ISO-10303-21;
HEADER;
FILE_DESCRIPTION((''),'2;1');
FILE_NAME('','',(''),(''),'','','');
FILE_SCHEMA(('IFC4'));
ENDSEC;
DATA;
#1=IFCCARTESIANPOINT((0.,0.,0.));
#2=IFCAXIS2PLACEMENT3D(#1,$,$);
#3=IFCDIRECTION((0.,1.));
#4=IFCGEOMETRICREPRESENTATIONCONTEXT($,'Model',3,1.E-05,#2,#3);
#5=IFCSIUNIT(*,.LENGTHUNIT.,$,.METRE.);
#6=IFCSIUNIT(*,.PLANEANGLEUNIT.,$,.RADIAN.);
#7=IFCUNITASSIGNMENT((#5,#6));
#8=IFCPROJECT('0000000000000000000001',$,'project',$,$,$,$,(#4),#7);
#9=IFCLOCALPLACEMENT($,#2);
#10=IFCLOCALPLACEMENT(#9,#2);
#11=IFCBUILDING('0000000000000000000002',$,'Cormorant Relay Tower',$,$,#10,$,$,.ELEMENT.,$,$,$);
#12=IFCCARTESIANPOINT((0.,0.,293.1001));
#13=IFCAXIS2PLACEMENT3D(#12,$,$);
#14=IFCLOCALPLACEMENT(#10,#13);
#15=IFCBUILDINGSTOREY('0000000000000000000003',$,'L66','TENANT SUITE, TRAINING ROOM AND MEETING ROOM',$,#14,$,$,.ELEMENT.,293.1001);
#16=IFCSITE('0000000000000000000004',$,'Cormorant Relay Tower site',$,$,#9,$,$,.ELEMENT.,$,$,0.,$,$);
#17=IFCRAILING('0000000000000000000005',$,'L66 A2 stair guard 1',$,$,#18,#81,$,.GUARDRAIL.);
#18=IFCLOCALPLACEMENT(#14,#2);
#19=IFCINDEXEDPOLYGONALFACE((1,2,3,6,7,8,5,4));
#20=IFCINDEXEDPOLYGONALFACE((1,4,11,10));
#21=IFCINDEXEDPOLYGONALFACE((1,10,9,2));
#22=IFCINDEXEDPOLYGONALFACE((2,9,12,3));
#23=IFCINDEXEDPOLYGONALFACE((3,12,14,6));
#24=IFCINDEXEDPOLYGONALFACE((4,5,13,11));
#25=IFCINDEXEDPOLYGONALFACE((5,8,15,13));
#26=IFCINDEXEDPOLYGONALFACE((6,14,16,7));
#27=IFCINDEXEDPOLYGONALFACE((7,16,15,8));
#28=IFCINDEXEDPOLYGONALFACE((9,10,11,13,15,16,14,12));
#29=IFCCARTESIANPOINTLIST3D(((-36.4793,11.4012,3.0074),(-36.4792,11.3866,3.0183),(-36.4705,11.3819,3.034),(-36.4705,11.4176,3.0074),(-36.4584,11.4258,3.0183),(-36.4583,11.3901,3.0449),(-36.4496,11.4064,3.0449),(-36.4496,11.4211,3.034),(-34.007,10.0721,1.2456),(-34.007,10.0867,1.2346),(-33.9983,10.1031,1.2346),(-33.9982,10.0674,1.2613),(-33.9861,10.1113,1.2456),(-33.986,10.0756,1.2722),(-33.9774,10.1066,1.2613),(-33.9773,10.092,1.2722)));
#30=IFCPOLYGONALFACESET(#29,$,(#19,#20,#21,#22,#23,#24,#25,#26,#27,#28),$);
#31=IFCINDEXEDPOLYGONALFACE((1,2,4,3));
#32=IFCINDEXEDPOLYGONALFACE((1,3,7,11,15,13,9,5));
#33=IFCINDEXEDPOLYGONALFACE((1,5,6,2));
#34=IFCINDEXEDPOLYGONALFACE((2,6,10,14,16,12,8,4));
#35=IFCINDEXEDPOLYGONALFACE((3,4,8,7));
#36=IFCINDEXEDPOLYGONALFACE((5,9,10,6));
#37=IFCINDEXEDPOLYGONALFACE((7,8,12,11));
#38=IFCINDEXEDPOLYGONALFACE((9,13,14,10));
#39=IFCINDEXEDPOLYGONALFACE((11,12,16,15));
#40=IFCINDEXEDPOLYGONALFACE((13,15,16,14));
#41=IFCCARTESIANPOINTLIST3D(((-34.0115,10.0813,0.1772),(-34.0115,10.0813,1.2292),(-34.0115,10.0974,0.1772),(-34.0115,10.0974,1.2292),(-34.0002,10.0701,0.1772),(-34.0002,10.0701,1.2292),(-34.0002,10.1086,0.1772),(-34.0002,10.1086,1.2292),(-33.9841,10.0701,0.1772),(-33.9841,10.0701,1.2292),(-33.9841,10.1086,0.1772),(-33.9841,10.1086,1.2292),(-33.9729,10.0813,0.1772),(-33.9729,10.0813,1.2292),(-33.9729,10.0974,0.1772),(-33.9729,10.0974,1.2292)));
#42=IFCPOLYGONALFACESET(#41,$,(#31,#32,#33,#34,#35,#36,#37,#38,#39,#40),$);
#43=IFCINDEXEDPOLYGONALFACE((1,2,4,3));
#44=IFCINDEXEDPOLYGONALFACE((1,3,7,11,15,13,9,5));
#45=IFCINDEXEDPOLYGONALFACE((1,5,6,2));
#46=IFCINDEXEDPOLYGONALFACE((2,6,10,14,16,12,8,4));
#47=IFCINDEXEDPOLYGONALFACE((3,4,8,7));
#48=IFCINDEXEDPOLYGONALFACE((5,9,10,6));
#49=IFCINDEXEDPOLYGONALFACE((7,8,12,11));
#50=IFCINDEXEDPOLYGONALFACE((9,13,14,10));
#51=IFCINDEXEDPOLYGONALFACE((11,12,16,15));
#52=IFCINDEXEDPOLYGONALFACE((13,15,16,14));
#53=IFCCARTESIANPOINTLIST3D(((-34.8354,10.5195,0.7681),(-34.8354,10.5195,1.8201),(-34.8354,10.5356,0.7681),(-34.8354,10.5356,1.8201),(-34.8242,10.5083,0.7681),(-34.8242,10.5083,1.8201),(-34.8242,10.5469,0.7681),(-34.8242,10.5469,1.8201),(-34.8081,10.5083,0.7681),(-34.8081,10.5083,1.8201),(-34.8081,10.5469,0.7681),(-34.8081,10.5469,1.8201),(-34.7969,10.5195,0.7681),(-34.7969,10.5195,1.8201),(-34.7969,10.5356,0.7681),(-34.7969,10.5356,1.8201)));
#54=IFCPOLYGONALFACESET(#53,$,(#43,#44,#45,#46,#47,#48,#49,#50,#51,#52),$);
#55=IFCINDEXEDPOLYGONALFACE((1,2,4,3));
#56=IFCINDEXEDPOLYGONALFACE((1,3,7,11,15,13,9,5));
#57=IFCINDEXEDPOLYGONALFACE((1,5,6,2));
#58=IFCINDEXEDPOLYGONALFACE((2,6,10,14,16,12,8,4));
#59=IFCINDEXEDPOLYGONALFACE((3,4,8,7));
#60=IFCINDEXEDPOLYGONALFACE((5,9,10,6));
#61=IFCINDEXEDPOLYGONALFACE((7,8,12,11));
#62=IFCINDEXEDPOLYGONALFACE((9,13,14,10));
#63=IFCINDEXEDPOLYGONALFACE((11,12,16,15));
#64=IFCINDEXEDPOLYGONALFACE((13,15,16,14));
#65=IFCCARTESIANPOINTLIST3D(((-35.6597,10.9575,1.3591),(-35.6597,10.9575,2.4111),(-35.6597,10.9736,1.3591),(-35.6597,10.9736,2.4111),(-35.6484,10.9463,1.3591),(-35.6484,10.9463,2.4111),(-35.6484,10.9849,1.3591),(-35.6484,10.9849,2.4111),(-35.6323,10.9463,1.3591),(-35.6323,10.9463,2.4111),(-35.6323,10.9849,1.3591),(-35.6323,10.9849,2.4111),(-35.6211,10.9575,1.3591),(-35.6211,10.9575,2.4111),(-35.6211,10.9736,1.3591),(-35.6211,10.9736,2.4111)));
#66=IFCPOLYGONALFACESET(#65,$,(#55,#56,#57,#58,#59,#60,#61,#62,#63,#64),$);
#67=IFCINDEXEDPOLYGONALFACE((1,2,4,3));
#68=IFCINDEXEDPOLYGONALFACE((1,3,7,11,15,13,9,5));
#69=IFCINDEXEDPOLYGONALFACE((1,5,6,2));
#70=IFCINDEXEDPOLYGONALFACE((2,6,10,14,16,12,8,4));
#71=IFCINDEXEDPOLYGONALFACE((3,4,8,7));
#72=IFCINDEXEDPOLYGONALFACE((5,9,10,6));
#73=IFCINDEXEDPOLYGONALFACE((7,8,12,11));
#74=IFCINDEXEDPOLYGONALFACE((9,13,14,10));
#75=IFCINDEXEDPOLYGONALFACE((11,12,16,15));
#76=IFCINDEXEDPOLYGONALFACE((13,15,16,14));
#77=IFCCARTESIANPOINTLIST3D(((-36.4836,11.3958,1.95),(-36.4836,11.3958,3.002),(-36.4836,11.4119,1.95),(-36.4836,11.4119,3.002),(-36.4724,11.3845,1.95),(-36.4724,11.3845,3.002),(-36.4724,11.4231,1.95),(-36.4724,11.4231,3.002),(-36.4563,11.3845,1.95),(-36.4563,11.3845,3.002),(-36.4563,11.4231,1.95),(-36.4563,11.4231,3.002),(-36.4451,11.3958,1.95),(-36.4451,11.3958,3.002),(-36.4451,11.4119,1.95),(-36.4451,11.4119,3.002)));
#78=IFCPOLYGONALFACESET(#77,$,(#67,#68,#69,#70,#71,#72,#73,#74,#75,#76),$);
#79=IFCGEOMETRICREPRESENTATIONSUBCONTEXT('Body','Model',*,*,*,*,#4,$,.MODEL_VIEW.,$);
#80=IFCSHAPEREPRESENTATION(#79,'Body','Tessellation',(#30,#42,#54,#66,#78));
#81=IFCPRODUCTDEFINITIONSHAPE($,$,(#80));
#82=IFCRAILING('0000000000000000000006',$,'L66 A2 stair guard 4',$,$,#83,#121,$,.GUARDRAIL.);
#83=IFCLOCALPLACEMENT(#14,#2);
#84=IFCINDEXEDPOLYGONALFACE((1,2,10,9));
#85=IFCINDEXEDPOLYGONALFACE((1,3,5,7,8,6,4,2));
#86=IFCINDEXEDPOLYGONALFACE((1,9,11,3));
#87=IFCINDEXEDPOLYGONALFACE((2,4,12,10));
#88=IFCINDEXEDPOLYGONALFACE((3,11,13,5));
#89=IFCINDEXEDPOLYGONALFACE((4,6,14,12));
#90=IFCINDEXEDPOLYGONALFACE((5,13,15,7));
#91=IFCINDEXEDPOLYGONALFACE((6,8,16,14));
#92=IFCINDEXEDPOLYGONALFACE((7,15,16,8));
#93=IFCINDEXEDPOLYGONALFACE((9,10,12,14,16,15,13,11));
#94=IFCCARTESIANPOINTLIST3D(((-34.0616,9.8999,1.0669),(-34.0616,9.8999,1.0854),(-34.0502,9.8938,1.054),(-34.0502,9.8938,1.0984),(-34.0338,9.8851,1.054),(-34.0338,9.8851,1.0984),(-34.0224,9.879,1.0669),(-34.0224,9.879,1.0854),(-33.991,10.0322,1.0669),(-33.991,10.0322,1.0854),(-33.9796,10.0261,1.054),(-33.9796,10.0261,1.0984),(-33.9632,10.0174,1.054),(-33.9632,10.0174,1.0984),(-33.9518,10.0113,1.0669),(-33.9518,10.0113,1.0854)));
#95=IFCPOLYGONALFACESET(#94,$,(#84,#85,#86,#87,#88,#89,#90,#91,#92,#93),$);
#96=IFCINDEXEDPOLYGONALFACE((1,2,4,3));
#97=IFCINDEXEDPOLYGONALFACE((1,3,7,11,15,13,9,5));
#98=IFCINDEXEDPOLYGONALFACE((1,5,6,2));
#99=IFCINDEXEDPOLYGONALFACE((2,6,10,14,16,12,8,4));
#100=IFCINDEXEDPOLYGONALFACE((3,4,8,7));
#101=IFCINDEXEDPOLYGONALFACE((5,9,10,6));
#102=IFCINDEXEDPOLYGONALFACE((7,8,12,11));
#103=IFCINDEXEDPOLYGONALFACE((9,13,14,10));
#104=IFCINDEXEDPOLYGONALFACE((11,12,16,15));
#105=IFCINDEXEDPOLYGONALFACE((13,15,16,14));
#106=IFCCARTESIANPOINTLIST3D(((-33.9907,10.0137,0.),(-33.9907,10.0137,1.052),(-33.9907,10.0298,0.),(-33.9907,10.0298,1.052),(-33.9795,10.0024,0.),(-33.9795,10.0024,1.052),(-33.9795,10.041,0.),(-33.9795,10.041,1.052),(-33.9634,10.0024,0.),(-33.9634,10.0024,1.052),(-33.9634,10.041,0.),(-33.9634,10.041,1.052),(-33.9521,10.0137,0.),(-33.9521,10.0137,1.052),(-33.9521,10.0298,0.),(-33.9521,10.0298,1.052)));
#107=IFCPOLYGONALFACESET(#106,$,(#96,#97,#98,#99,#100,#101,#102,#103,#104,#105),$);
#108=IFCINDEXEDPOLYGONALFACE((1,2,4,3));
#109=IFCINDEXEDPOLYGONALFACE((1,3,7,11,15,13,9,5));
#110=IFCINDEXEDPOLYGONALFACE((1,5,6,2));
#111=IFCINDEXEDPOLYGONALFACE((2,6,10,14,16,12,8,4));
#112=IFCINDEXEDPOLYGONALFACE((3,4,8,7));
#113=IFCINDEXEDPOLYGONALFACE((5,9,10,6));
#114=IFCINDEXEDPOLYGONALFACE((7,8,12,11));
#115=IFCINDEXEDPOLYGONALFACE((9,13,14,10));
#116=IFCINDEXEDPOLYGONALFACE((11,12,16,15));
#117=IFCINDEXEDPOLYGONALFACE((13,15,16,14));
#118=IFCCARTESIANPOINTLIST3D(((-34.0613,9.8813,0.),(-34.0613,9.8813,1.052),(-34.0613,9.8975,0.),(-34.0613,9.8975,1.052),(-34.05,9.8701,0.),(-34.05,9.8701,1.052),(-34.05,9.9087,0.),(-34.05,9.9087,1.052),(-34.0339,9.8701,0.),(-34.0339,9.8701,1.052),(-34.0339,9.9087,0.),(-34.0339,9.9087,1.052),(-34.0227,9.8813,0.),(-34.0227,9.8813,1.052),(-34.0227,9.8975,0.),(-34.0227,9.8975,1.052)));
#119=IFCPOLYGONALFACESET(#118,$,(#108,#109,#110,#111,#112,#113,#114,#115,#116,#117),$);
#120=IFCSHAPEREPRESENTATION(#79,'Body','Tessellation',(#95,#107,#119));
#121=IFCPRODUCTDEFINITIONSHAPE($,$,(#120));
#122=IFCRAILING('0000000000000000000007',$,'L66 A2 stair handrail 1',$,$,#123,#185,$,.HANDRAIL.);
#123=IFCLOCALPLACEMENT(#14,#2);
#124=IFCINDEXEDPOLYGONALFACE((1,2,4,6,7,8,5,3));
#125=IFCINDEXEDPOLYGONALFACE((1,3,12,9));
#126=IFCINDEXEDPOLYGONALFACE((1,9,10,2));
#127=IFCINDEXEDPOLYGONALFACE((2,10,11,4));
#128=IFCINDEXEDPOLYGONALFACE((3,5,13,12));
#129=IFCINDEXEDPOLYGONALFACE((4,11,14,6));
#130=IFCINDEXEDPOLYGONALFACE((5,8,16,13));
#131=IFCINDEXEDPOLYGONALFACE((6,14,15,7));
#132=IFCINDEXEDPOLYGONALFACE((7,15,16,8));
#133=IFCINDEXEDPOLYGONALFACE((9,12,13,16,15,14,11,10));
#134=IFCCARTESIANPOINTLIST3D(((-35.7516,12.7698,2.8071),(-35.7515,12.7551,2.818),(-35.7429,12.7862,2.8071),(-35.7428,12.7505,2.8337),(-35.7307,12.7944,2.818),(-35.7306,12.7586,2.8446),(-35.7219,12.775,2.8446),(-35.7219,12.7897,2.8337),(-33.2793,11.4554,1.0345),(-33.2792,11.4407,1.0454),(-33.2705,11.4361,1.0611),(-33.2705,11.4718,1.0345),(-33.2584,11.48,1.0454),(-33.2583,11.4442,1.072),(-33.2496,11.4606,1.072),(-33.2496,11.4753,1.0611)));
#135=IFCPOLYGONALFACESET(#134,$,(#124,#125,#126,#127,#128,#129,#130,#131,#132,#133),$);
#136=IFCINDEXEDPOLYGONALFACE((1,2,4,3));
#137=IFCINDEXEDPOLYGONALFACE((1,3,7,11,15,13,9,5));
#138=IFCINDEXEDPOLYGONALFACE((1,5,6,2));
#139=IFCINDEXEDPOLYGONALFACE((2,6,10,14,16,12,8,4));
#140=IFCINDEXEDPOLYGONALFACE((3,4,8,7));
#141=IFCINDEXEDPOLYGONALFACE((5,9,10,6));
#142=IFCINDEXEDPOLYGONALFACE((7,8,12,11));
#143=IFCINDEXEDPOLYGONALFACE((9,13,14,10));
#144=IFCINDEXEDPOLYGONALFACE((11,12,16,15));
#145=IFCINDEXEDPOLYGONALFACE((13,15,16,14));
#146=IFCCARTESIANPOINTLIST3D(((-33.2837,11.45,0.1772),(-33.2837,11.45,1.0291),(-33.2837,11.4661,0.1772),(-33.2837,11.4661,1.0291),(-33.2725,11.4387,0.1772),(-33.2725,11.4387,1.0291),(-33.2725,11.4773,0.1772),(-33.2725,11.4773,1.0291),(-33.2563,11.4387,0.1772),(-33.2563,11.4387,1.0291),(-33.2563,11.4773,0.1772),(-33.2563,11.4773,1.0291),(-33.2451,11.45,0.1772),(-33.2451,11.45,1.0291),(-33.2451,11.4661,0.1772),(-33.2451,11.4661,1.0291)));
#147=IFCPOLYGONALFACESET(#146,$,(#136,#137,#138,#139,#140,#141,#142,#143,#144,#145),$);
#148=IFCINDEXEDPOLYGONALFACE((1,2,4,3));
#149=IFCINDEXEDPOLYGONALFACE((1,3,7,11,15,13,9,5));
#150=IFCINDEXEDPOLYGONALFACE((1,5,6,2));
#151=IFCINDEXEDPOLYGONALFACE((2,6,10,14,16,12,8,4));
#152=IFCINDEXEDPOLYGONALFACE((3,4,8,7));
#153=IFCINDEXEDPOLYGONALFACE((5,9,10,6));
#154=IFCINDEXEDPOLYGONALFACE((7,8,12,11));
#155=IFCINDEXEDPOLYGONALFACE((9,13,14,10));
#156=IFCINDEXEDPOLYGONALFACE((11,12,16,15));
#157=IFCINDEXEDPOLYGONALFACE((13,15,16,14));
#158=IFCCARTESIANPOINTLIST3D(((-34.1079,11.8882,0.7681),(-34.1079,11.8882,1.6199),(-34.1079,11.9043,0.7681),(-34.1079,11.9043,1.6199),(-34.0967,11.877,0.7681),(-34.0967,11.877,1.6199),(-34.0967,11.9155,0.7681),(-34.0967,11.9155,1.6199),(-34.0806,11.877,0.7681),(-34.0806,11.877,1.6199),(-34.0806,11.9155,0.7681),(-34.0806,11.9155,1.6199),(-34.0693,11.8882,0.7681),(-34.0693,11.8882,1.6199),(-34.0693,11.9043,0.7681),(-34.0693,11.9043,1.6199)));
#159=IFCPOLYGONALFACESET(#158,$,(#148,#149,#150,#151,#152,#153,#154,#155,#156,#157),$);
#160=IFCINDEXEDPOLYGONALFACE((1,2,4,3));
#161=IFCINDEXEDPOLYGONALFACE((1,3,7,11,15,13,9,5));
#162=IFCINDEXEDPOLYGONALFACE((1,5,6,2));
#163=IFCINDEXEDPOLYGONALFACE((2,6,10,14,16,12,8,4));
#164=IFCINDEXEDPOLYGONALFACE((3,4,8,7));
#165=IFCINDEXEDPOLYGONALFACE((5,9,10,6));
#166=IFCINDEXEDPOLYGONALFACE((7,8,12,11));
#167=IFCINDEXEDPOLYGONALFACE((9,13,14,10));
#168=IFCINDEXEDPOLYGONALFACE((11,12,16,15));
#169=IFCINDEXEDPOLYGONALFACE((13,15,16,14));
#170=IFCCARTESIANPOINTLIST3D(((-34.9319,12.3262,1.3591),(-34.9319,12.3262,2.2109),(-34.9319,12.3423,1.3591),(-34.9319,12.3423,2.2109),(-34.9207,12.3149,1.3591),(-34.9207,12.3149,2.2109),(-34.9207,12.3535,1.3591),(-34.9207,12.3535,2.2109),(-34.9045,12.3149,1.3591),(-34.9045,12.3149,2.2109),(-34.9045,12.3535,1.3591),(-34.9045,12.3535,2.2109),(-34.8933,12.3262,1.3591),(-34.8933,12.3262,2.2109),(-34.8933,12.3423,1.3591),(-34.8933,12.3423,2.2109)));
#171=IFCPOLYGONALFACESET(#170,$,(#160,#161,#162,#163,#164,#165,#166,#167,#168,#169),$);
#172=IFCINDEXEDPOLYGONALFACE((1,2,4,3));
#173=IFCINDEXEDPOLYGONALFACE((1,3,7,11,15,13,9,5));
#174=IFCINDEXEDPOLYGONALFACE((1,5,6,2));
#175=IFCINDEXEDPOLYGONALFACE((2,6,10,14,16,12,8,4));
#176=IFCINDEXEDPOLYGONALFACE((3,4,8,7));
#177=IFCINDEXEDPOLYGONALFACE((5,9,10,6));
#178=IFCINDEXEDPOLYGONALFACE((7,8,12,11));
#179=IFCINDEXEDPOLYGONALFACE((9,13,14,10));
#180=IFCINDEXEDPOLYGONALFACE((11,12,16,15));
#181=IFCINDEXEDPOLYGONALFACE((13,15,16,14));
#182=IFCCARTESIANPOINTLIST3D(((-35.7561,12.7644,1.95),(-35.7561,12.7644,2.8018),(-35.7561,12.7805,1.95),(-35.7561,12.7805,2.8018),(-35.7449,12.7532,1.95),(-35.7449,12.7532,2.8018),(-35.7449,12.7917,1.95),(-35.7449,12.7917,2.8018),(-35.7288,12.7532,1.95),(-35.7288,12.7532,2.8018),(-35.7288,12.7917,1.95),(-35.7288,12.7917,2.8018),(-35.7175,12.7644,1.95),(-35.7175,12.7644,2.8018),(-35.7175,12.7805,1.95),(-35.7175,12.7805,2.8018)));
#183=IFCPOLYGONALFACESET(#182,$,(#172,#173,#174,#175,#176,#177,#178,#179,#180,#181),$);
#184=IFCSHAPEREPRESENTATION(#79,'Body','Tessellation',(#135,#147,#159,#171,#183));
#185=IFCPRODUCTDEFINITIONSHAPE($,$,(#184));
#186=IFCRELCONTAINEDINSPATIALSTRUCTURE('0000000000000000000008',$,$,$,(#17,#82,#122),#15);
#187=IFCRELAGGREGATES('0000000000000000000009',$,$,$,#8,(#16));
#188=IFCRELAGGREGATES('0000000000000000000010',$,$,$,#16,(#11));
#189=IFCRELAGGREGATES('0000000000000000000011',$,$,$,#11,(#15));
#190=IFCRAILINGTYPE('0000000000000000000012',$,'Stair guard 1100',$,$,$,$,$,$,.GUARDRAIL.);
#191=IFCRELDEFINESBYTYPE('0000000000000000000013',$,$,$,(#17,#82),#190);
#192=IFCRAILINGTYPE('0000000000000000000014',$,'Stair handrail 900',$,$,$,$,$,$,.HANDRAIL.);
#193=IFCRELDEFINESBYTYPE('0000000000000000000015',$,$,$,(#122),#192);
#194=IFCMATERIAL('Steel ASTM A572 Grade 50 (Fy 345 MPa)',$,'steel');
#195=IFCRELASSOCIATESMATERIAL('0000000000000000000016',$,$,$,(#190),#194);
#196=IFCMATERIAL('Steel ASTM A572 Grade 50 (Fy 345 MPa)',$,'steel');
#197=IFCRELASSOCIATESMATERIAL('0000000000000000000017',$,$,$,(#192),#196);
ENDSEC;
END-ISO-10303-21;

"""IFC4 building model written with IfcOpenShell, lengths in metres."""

from ifc_helpers import new_model, si_unit, direction, frame, origin, place, context, subcontext, project, spatial, polyline, outline, extrude, material, type_object, element, save


model = new_model("IFC4")

# Units and contexts
model_context = context("Model", 3, precision=1e-05, world=origin(), true_north=direction((0.0, 1.0)))
body_context = subcontext(model_context, "Body", "Model", "MODEL_VIEW")
ifc_project = project(units=[si_unit("LENGTHUNIT", "METRE"), si_unit("PLANEANGLEUNIT", "RADIAN")], contexts=[model_context])

# Site, building, storey
site_placement = place(None, origin())
site = spatial("IfcSite", under=ifc_project, at=site_placement, Name="Cormorant Relay Tower site", CompositionType="ELEMENT", RefElevation=0.0)
building_placement = place(site_placement, origin())
building = spatial("IfcBuilding", under=site, at=building_placement, Name="Cormorant Relay Tower", CompositionType="ELEMENT")
storey_placement = place(building_placement, frame((0.0, 0.0, 293.1001)))
storey = spatial("IfcBuildingStorey", under=building, at=storey_placement, Name="L66", Description="TENANT SUITE, TRAINING ROOM AND MEETING ROOM", CompositionType="ELEMENT", Elevation=293.1001)

# Railings
ifc_material_1 = material(Name="Steel ASTM A572 Grade 50 (Fy 345 MPa)", Category="steel")
railing_type_1 = type_object("IfcRailingType", Name="Stair guard 1100", PredefinedType="GUARDRAIL", material=ifc_material_1)
railing_1_placement = place(storey_placement, frame((-33.9922, 10.0894, 0.1772)))
element("IfcRailing", 1, at=railing_1_placement, inside=storey, type_object=railing_type_1, Name="L66 A2 stair guard 1", PredefinedType="GUARDRAIL", context=body_context, shape_type="SweptSolid", body=[
    extrude(outline(polyline([(0.0222, 0.0093), (0.0093, 0.0222), (-0.0093, 0.0222), (-0.0222, 0.0093), (-0.0222, -0.0093), (-0.0093, -0.0222), (0.0093, -0.0222), (0.0222, -0.0093), (0.0222, 0.0093)])), frame((0.0, 0.0, 1.0762), z_axis=(-0.746001, 0.396649, 0.534931), x_axis=(-0.469465, -0.882951, 0.0)), (0.0, 0.0, 1.0), 3.314),
    extrude(outline(polyline([(0.0193, 0.0081), (0.0081, 0.0193), (-0.0081, 0.0193), (-0.0193, 0.0081), (-0.0193, -0.0081), (-0.0081, -0.0193), (0.0081, -0.0193), (0.0193, -0.0081), (0.0193, 0.0081)])), origin(), (0.0, 0.0, 1.0), 1.052),
    extrude(outline(polyline([(0.0193, 0.0081), (0.0081, 0.0193), (-0.0081, 0.0193), (-0.0193, 0.0081), (-0.0193, -0.0081), (-0.0081, -0.0193), (0.0081, -0.0193), (0.0193, -0.0081), (0.0193, 0.0081)])), frame((-0.824, 0.4382, 0.5908)), (0.0, 0.0, 1.0), 1.052),
    extrude(outline(polyline([(0.0193, 0.0081), (0.0081, 0.0193), (-0.0081, 0.0193), (-0.0193, 0.0081), (-0.0193, -0.0081), (-0.0081, -0.0193), (0.0081, -0.0193), (0.0193, -0.0081), (0.0193, 0.0081)])), frame((-1.6482, 0.8762, 1.1819)), (0.0, 0.0, 1.0), 1.052),
    extrude(outline(polyline([(0.0193, 0.0081), (0.0081, 0.0193), (-0.0081, 0.0193), (-0.0193, 0.0081), (-0.0193, -0.0081), (-0.0081, -0.0193), (0.0081, -0.0193), (0.0193, -0.0081), (0.0193, 0.0081)])), frame((-2.4722, 1.3145, 1.7727)), (0.0, 0.0, 1.0), 1.052),
])
railing_2_placement = place(storey_placement, frame((-33.9714, 10.0217, 0.0)))
element("IfcRailing", 2, at=railing_2_placement, inside=storey, type_object=railing_type_1, Name="L66 A2 stair guard 4", PredefinedType="GUARDRAIL", context=body_context, shape_type="SweptSolid", body=[
    extrude(outline(polyline([(0.0222, 0.0093), (0.0093, 0.0222), (-0.0093, 0.0222), (-0.0222, 0.0093), (-0.0222, -0.0093), (-0.0093, -0.0222), (0.0093, -0.0222), (0.0222, -0.0093), (0.0222, 0.0093)])), frame((0.0, 0.0, 1.0762), z_axis=(-0.470504, -0.882398, 0.0), x_axis=(0.882398, -0.470504, 0.0)), (0.0, 0.0, 1.0), 0.1499),
    extrude(outline(polyline([(0.0193, 0.0081), (0.0081, 0.0193), (-0.0081, 0.0193), (-0.0193, 0.0081), (-0.0193, -0.0081), (-0.0081, -0.0193), (0.0081, -0.0193), (0.0193, -0.0081), (0.0193, 0.0081)])), origin(), (0.0, 0.0, 1.0), 1.052),
    extrude(outline(polyline([(0.0193, 0.0081), (0.0081, 0.0193), (-0.0081, 0.0193), (-0.0193, 0.0081), (-0.0193, -0.0081), (-0.0081, -0.0193), (0.0081, -0.0193), (0.0193, -0.0081), (0.0193, 0.0081)])), frame((-0.0706, -0.1323, 0.0)), (0.0, 0.0, 1.0), 1.052),
])
ifc_material_2 = material(Name="Steel ASTM A572 Grade 50 (Fy 345 MPa)", Category="steel")
railing_type_2 = type_object("IfcRailingType", Name="Stair handrail 900", PredefinedType="HANDRAIL", material=ifc_material_2)
railing_3_placement = place(storey_placement, frame((-33.2644, 11.458, 0.1772)))
element("IfcRailing", 3, at=railing_3_placement, inside=storey, type_object=railing_type_2, Name="L66 A2 stair handrail 1", PredefinedType="HANDRAIL", context=body_context, shape_type="SweptSolid", body=[
    extrude(outline(polyline([(0.0222, 0.0093), (0.0093, 0.0222), (-0.0093, 0.0222), (-0.0222, 0.0093), (-0.0222, -0.0093), (-0.0093, -0.0222), (0.0093, -0.0222), (0.0222, -0.0093), (0.0222, 0.0093)])), frame((0.0, 0.0, 0.876), z_axis=(-0.746034, 0.396627, 0.534902), x_axis=(-0.469429, -0.88297, 0.0)), (0.0, 0.0, 1.0), 3.314),
    extrude(outline(polyline([(0.0193, 0.0081), (0.0081, 0.0193), (-0.0081, 0.0193), (-0.0193, 0.0081), (-0.0193, -0.0081), (-0.0081, -0.0193), (0.0081, -0.0193), (0.0193, -0.0081), (0.0193, 0.0081)])), origin(), (0.0, 0.0, 1.0), 0.8518),
    extrude(outline(polyline([(0.0193, 0.0081), (0.0081, 0.0193), (-0.0081, 0.0193), (-0.0193, 0.0081), (-0.0193, -0.0081), (-0.0081, -0.0193), (0.0081, -0.0193), (0.0193, -0.0081), (0.0193, 0.0081)])), frame((-0.8242, 0.4382, 0.5908)), (0.0, 0.0, 1.0), 0.8518),
    extrude(outline(polyline([(0.0193, 0.0081), (0.0081, 0.0193), (-0.0081, 0.0193), (-0.0193, 0.0081), (-0.0193, -0.0081), (-0.0081, -0.0193), (0.0081, -0.0193), (0.0193, -0.0081), (0.0193, 0.0081)])), frame((-1.6482, 0.8762, 1.1819)), (0.0, 0.0, 1.0), 0.8518),
    extrude(outline(polyline([(0.0193, 0.0081), (0.0081, 0.0193), (-0.0081, 0.0193), (-0.0193, 0.0081), (-0.0193, -0.0081), (-0.0081, -0.0193), (0.0081, -0.0193), (0.0193, -0.0081), (0.0193, 0.0081)])), frame((-2.4724, 1.3145, 1.7727)), (0.0, 0.0, 1.0), 0.8518),
])

save(model, "model.ifc")
